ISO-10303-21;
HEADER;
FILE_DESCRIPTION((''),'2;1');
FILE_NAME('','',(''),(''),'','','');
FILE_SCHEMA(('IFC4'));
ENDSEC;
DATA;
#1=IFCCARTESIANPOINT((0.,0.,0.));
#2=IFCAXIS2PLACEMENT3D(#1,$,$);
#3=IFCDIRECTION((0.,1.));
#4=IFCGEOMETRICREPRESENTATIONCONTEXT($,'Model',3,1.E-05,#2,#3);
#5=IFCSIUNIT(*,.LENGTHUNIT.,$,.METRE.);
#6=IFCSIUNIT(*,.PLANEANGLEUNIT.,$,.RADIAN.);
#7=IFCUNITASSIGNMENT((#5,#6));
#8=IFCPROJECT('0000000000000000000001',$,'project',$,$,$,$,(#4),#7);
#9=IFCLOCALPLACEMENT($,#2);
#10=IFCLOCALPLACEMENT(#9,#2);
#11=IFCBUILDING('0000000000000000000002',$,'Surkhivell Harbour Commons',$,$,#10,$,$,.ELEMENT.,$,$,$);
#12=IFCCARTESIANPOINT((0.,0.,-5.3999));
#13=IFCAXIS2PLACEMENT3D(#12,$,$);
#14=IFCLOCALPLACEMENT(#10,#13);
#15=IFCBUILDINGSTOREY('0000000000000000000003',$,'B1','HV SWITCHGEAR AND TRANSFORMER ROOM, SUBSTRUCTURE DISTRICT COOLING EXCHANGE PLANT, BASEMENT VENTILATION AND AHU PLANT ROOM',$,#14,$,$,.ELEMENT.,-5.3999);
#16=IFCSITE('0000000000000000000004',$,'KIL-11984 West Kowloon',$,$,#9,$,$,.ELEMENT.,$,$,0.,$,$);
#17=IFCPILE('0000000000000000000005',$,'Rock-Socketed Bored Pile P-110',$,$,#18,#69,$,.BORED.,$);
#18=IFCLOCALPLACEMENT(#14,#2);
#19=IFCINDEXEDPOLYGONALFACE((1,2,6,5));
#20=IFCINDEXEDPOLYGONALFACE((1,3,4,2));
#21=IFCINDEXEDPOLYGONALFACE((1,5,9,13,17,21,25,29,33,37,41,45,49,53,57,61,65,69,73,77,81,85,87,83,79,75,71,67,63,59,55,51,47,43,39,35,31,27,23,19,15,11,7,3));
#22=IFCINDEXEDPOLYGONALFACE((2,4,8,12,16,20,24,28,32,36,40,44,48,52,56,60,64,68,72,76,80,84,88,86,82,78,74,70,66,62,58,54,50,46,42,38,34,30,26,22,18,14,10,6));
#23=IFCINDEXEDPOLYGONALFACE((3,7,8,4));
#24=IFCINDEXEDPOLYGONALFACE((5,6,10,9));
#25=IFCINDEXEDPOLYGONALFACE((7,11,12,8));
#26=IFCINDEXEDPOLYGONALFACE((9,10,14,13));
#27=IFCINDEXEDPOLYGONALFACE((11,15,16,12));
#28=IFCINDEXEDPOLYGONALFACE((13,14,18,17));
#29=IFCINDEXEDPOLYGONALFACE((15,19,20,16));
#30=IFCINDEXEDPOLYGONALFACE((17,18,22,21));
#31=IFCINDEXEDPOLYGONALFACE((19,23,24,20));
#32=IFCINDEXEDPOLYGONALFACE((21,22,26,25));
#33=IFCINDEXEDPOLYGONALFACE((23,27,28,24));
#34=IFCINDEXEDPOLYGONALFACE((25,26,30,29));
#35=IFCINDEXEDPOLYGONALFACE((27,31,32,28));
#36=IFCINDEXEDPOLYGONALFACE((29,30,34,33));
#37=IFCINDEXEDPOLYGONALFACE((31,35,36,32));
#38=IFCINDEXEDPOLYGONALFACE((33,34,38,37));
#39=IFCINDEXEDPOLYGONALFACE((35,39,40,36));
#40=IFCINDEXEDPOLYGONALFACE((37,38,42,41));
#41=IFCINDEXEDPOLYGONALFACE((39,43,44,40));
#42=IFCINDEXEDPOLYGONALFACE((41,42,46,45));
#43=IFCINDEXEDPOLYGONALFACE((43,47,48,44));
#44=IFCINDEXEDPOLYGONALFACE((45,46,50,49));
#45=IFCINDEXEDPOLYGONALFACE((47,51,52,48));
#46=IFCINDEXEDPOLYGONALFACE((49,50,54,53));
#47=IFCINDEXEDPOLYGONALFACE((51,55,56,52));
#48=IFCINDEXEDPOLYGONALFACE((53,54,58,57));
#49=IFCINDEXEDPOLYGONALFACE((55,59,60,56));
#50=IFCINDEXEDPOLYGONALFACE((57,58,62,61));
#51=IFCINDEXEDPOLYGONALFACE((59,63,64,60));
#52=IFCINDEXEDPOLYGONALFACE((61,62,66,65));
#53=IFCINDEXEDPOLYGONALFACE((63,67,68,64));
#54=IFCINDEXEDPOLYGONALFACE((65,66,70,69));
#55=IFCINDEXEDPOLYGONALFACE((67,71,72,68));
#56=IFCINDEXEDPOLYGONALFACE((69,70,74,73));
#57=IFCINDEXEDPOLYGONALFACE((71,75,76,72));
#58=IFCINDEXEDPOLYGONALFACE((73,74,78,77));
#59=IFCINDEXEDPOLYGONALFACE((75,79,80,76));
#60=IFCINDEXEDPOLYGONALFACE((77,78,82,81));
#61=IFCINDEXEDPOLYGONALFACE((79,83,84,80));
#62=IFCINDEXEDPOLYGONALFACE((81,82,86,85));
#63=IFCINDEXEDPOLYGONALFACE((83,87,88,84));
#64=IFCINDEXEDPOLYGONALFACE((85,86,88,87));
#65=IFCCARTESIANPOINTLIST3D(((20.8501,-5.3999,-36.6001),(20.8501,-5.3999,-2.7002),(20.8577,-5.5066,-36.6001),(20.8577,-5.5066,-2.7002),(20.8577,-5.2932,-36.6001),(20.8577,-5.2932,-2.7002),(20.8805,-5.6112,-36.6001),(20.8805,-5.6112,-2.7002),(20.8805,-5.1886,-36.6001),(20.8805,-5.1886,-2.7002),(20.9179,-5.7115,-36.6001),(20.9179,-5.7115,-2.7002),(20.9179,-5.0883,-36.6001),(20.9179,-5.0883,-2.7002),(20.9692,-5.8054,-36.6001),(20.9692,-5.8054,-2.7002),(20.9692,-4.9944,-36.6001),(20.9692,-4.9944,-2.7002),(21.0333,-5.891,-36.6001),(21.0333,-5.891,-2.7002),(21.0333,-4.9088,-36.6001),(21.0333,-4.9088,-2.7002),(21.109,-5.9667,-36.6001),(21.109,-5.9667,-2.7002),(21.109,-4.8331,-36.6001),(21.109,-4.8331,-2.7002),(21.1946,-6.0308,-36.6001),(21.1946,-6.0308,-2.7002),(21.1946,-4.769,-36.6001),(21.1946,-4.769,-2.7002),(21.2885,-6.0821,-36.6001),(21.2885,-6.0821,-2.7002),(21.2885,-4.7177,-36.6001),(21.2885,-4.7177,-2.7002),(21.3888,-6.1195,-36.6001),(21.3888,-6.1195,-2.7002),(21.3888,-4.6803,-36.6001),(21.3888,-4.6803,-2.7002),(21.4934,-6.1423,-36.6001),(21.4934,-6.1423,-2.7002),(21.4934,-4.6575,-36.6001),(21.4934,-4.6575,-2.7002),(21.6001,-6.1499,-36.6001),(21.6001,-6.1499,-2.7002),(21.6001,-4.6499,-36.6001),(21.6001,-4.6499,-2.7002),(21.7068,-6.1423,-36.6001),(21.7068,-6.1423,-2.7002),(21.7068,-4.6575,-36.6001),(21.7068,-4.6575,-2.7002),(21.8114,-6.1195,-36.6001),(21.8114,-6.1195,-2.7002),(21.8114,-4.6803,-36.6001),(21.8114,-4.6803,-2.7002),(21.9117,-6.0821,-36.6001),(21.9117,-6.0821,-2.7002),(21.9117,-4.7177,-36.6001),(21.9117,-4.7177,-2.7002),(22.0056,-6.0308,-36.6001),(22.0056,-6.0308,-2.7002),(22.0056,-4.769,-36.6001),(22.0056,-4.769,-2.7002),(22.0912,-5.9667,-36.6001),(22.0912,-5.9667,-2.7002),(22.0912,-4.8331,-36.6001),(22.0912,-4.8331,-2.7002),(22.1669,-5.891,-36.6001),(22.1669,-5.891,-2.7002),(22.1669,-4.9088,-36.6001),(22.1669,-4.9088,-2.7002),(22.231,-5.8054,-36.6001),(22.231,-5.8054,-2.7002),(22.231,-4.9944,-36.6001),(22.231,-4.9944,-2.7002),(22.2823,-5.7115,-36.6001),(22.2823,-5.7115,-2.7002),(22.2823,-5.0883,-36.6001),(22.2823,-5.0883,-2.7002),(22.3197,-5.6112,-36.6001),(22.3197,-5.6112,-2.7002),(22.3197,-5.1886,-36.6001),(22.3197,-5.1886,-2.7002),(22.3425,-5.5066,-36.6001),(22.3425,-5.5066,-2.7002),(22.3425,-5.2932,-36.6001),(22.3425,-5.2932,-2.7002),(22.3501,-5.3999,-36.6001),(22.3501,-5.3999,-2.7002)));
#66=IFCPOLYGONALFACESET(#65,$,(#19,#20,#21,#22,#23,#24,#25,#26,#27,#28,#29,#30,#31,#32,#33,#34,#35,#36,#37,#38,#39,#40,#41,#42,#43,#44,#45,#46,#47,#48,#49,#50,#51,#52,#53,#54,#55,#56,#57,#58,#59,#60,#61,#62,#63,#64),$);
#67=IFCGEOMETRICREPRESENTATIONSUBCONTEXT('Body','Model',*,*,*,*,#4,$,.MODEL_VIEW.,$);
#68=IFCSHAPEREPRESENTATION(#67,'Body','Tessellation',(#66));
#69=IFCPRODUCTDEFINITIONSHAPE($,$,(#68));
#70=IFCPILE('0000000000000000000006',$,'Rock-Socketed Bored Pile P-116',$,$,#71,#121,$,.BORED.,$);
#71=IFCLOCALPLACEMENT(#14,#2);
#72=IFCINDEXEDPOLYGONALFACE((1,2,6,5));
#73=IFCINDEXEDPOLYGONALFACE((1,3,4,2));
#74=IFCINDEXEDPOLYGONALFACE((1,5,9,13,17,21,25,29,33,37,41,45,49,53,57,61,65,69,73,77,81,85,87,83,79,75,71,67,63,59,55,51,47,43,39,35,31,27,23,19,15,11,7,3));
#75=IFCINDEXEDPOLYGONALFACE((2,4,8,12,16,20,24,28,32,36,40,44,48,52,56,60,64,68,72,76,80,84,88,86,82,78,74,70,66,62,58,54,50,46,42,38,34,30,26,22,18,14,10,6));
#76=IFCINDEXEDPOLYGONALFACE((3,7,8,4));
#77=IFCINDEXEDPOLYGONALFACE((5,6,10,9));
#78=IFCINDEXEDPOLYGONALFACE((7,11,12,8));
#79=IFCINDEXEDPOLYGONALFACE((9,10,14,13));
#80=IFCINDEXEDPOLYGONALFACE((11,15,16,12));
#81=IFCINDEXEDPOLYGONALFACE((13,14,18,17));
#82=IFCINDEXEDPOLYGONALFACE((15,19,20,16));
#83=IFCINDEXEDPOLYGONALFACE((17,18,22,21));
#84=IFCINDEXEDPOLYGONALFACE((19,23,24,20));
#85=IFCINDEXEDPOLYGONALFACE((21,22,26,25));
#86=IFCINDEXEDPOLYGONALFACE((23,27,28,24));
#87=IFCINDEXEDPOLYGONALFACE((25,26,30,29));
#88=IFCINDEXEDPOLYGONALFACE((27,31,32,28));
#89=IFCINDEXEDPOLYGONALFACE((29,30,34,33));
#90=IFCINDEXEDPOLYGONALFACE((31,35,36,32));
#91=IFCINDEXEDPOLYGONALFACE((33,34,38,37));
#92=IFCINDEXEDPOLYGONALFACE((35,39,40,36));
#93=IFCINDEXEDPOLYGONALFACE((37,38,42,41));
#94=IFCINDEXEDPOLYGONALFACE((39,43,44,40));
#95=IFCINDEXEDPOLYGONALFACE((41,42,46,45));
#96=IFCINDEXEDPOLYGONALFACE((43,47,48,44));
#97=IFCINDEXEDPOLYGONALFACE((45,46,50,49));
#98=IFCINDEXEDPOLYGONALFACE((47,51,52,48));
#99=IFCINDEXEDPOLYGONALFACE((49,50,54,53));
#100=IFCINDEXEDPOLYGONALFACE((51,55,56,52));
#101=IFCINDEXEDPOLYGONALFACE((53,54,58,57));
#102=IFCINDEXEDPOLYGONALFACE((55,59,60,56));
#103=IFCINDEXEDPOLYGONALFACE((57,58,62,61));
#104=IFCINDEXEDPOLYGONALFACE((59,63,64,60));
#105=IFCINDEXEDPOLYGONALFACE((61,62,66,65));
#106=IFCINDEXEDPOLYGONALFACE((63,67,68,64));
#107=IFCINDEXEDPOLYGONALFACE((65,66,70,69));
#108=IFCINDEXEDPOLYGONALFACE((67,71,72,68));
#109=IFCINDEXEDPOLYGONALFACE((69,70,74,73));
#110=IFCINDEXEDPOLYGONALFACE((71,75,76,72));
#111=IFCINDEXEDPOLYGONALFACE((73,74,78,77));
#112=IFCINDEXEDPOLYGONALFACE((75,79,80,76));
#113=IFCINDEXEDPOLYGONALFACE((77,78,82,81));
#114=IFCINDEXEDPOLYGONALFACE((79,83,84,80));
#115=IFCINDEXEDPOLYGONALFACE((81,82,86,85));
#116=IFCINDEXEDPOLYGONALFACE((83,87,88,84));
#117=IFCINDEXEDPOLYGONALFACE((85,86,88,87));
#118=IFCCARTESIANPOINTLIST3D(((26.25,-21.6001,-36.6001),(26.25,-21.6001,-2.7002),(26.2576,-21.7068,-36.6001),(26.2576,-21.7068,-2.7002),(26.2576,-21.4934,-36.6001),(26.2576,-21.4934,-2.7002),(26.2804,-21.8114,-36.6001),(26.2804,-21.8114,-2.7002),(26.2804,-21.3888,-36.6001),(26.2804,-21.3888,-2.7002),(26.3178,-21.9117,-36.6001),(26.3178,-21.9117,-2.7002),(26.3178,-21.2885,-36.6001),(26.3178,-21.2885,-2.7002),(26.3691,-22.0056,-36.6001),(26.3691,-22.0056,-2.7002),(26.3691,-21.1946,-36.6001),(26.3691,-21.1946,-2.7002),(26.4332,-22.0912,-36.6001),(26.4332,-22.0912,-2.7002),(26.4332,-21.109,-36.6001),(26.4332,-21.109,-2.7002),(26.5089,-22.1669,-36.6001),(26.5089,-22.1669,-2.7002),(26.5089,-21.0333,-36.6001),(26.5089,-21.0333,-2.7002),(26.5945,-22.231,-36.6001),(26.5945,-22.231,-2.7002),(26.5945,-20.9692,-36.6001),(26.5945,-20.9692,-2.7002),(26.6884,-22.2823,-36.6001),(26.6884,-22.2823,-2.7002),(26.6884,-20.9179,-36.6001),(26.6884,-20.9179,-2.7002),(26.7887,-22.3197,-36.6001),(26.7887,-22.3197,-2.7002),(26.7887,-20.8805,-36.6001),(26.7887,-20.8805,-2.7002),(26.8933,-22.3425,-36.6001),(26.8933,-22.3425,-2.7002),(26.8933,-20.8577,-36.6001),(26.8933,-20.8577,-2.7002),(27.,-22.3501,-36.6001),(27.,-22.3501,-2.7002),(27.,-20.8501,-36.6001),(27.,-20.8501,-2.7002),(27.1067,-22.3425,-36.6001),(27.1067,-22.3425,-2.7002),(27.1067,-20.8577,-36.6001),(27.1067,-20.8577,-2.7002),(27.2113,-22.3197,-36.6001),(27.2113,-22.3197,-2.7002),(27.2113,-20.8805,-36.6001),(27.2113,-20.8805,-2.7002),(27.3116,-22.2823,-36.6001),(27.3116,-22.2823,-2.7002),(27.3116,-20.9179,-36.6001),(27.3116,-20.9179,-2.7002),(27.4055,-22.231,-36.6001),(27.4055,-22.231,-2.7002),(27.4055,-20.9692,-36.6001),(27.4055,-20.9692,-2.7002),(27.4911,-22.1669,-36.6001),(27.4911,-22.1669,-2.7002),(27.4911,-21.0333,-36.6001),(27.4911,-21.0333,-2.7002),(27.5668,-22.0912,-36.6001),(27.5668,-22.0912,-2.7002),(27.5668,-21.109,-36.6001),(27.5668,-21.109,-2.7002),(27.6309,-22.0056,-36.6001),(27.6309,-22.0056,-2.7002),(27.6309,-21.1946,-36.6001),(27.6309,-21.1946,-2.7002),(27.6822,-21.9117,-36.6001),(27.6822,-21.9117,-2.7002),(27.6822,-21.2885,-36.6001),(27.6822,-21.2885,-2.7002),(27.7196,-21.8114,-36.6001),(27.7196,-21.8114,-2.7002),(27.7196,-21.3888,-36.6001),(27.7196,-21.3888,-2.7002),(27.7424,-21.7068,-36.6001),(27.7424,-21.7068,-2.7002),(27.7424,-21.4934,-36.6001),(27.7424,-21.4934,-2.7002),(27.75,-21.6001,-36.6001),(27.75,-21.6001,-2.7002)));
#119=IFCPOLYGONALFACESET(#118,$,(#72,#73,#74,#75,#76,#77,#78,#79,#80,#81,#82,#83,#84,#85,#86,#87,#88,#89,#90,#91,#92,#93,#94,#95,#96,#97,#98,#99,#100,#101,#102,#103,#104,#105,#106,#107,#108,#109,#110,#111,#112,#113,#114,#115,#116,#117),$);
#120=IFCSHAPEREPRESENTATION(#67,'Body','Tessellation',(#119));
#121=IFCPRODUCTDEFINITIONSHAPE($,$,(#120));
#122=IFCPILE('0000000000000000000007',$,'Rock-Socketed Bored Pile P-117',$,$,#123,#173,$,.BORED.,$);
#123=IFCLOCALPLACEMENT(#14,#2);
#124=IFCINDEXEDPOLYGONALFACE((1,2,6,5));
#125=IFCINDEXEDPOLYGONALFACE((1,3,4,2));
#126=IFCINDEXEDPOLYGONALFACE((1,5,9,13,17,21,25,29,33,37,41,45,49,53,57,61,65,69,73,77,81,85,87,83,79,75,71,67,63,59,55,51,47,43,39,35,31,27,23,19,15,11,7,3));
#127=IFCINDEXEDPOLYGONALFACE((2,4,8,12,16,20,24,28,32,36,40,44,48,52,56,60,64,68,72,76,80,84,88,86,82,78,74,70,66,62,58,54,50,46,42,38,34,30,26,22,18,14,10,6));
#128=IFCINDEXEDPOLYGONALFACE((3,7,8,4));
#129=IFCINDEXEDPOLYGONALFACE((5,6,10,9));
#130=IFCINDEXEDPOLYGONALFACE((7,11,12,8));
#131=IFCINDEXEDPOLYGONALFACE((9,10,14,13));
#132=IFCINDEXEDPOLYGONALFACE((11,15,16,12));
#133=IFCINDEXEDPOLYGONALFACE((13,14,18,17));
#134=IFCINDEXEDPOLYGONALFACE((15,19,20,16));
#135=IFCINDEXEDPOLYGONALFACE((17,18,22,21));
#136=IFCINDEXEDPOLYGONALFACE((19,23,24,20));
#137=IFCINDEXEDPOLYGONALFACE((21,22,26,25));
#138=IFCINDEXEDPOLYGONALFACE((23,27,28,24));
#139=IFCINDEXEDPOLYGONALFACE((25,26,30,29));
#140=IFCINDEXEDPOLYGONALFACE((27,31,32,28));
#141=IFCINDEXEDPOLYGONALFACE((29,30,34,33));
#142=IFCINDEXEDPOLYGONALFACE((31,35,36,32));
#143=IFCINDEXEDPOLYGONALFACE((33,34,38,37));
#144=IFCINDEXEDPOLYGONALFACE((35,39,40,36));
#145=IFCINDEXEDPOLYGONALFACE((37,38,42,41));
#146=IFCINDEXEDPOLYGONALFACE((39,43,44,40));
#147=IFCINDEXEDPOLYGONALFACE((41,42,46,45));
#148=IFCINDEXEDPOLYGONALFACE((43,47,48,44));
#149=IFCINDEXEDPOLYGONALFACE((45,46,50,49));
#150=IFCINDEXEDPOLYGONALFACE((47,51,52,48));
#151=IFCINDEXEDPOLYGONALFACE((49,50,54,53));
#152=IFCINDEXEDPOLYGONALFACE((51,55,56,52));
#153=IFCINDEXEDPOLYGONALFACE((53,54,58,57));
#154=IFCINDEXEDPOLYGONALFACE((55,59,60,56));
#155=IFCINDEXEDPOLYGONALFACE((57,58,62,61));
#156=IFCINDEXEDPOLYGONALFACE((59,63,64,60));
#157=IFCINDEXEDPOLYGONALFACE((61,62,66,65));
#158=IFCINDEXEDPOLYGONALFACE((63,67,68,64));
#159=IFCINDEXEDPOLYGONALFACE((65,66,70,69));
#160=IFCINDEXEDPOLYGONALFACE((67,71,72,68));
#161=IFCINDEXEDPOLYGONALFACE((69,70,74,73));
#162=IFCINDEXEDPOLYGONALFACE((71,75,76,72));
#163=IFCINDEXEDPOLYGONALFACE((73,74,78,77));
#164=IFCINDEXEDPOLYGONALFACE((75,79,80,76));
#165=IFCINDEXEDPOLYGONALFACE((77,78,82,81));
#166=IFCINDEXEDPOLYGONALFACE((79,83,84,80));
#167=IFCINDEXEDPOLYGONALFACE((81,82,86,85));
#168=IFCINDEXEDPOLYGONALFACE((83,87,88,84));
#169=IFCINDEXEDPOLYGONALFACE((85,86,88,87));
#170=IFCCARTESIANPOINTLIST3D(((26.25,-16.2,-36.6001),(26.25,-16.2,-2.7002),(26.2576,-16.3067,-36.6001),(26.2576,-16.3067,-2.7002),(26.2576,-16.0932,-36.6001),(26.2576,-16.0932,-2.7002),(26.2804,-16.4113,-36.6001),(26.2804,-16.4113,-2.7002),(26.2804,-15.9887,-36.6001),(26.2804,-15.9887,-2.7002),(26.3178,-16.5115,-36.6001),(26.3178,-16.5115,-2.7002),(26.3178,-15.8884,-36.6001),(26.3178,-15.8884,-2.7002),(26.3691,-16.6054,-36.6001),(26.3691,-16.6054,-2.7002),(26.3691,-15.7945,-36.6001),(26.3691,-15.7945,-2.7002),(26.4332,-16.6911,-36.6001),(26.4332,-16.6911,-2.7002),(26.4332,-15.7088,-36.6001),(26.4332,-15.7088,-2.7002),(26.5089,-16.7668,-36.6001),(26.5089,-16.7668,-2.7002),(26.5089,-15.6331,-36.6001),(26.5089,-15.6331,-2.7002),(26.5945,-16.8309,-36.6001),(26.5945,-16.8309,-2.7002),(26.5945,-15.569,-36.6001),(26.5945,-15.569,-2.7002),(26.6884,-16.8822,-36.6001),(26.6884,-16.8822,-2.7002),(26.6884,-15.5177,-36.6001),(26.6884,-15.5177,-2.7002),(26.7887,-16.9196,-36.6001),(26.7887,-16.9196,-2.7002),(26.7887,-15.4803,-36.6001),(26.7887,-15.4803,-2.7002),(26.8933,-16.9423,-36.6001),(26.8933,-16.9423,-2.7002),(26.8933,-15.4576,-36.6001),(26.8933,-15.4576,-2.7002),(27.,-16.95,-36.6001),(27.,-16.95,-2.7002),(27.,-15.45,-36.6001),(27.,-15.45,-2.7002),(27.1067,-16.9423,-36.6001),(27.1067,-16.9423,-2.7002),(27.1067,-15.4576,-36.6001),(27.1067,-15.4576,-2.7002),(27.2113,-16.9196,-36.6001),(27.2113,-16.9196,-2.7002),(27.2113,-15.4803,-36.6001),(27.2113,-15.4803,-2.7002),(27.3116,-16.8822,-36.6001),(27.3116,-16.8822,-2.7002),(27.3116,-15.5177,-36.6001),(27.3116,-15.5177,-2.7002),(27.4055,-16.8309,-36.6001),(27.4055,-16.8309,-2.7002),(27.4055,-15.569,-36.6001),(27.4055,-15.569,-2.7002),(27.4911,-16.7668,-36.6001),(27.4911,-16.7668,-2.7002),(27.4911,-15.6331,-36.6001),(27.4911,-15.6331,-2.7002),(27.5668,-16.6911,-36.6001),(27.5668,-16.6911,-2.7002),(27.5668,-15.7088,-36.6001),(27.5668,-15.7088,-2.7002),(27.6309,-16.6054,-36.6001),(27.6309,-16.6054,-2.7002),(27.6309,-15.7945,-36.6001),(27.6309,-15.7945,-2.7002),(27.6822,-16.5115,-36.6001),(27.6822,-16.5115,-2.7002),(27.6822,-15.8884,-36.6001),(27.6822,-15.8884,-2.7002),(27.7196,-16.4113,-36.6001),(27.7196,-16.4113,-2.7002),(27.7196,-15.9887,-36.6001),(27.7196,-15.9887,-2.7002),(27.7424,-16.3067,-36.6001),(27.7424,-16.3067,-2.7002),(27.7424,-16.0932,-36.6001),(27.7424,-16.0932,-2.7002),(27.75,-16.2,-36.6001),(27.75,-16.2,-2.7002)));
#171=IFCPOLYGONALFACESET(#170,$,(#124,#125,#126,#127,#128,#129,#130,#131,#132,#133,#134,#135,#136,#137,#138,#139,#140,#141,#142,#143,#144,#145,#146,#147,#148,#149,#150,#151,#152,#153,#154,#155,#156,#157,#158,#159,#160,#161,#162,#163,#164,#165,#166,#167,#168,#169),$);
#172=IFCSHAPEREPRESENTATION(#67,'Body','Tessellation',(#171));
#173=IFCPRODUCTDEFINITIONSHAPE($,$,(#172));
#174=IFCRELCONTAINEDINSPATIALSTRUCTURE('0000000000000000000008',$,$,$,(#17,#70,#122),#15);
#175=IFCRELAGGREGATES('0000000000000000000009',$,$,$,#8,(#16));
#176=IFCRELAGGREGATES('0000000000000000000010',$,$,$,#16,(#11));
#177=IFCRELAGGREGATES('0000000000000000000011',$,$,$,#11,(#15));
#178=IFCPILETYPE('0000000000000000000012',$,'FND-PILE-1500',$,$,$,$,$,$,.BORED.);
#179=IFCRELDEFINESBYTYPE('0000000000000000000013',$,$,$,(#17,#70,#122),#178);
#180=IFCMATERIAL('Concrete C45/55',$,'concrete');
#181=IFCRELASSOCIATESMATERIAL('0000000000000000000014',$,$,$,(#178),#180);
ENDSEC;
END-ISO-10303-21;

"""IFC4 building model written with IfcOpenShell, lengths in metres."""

from ifc_helpers import new_model, si_unit, direction, frame, origin, origin_2d, place, context, subcontext, project, spatial, circle, extrude, material, material_profile, profile_set, type_object, element, save


model = new_model("IFC4")

# Units and contexts
model_context = context("Model", 3, precision=1e-05, world=origin(), true_north=direction((0.0, 1.0)))
body_context = subcontext(model_context, "Body", "Model", "MODEL_VIEW")
ifc_project = project(units=[si_unit("LENGTHUNIT", "METRE"), si_unit("PLANEANGLEUNIT", "RADIAN")], contexts=[model_context])

# Site, building, storey
site_placement = place(None, origin())
site = spatial("IfcSite", under=ifc_project, at=site_placement, Name="KIL-11984 West Kowloon", CompositionType="ELEMENT", RefElevation=0.0)
building_placement = place(site_placement, origin())
building = spatial("IfcBuilding", under=site, at=building_placement, Name="Surkhivell Harbour Commons", CompositionType="ELEMENT")
storey_placement = place(building_placement, frame((0.0, 0.0, -5.3999)))
storey = spatial("IfcBuildingStorey", under=building, at=storey_placement, Name="B1", Description="HV SWITCHGEAR AND TRANSFORMER ROOM, SUBSTRUCTURE DISTRICT COOLING EXCHANGE PLANT, BASEMENT VENTILATION AND AHU PLANT ROOM", CompositionType="ELEMENT", Elevation=-5.3999)

# Piles
ifc_material_1 = material(Name="Concrete C45/55", Category="concrete")
ifc_material_profile_1 = material_profile(ifc_material_1, circle(Radius=0.75, at=origin_2d()), Name="PILE-1500")
ifc_profile_set_1 = profile_set([ifc_material_profile_1], Name="Concrete C45/55")
pile_type_1 = type_object("IfcPileType", Name="FND-PILE-1500", PredefinedType="BORED", material=ifc_profile_set_1)
for number, where, z_axis, x_axis, name in (
    (1, (21.6001, -5.3999, -2.7002), (0.0, 0.0, -1.0), (1.0, 0.0, 0.0), "Rock-Socketed Bored Pile P-110"),
    (2, (27.0, -21.6001, -2.7002), (0.0, 0.0, -1.0), (1.0, 0.0, 0.0), "Rock-Socketed Bored Pile P-116"),
    (3, (27.0, -16.2, -2.7002), (0.0, 0.0, -1.0), (1.0, 0.0, 0.0), "Rock-Socketed Bored Pile P-117"),
):
    element("IfcPile", number, at=place(storey_placement, frame(where, z_axis=z_axis, x_axis=x_axis)), inside=storey, type_object=pile_type_1, Name=name, PredefinedType="BORED", context=body_context, shape_type="SweptSolid", body=[
        extrude(circle(Radius=0.75, at=origin_2d()), origin(), (0.0, 0.0, 1.0), 33.8999),
    ])

save(model, "model.ifc")
